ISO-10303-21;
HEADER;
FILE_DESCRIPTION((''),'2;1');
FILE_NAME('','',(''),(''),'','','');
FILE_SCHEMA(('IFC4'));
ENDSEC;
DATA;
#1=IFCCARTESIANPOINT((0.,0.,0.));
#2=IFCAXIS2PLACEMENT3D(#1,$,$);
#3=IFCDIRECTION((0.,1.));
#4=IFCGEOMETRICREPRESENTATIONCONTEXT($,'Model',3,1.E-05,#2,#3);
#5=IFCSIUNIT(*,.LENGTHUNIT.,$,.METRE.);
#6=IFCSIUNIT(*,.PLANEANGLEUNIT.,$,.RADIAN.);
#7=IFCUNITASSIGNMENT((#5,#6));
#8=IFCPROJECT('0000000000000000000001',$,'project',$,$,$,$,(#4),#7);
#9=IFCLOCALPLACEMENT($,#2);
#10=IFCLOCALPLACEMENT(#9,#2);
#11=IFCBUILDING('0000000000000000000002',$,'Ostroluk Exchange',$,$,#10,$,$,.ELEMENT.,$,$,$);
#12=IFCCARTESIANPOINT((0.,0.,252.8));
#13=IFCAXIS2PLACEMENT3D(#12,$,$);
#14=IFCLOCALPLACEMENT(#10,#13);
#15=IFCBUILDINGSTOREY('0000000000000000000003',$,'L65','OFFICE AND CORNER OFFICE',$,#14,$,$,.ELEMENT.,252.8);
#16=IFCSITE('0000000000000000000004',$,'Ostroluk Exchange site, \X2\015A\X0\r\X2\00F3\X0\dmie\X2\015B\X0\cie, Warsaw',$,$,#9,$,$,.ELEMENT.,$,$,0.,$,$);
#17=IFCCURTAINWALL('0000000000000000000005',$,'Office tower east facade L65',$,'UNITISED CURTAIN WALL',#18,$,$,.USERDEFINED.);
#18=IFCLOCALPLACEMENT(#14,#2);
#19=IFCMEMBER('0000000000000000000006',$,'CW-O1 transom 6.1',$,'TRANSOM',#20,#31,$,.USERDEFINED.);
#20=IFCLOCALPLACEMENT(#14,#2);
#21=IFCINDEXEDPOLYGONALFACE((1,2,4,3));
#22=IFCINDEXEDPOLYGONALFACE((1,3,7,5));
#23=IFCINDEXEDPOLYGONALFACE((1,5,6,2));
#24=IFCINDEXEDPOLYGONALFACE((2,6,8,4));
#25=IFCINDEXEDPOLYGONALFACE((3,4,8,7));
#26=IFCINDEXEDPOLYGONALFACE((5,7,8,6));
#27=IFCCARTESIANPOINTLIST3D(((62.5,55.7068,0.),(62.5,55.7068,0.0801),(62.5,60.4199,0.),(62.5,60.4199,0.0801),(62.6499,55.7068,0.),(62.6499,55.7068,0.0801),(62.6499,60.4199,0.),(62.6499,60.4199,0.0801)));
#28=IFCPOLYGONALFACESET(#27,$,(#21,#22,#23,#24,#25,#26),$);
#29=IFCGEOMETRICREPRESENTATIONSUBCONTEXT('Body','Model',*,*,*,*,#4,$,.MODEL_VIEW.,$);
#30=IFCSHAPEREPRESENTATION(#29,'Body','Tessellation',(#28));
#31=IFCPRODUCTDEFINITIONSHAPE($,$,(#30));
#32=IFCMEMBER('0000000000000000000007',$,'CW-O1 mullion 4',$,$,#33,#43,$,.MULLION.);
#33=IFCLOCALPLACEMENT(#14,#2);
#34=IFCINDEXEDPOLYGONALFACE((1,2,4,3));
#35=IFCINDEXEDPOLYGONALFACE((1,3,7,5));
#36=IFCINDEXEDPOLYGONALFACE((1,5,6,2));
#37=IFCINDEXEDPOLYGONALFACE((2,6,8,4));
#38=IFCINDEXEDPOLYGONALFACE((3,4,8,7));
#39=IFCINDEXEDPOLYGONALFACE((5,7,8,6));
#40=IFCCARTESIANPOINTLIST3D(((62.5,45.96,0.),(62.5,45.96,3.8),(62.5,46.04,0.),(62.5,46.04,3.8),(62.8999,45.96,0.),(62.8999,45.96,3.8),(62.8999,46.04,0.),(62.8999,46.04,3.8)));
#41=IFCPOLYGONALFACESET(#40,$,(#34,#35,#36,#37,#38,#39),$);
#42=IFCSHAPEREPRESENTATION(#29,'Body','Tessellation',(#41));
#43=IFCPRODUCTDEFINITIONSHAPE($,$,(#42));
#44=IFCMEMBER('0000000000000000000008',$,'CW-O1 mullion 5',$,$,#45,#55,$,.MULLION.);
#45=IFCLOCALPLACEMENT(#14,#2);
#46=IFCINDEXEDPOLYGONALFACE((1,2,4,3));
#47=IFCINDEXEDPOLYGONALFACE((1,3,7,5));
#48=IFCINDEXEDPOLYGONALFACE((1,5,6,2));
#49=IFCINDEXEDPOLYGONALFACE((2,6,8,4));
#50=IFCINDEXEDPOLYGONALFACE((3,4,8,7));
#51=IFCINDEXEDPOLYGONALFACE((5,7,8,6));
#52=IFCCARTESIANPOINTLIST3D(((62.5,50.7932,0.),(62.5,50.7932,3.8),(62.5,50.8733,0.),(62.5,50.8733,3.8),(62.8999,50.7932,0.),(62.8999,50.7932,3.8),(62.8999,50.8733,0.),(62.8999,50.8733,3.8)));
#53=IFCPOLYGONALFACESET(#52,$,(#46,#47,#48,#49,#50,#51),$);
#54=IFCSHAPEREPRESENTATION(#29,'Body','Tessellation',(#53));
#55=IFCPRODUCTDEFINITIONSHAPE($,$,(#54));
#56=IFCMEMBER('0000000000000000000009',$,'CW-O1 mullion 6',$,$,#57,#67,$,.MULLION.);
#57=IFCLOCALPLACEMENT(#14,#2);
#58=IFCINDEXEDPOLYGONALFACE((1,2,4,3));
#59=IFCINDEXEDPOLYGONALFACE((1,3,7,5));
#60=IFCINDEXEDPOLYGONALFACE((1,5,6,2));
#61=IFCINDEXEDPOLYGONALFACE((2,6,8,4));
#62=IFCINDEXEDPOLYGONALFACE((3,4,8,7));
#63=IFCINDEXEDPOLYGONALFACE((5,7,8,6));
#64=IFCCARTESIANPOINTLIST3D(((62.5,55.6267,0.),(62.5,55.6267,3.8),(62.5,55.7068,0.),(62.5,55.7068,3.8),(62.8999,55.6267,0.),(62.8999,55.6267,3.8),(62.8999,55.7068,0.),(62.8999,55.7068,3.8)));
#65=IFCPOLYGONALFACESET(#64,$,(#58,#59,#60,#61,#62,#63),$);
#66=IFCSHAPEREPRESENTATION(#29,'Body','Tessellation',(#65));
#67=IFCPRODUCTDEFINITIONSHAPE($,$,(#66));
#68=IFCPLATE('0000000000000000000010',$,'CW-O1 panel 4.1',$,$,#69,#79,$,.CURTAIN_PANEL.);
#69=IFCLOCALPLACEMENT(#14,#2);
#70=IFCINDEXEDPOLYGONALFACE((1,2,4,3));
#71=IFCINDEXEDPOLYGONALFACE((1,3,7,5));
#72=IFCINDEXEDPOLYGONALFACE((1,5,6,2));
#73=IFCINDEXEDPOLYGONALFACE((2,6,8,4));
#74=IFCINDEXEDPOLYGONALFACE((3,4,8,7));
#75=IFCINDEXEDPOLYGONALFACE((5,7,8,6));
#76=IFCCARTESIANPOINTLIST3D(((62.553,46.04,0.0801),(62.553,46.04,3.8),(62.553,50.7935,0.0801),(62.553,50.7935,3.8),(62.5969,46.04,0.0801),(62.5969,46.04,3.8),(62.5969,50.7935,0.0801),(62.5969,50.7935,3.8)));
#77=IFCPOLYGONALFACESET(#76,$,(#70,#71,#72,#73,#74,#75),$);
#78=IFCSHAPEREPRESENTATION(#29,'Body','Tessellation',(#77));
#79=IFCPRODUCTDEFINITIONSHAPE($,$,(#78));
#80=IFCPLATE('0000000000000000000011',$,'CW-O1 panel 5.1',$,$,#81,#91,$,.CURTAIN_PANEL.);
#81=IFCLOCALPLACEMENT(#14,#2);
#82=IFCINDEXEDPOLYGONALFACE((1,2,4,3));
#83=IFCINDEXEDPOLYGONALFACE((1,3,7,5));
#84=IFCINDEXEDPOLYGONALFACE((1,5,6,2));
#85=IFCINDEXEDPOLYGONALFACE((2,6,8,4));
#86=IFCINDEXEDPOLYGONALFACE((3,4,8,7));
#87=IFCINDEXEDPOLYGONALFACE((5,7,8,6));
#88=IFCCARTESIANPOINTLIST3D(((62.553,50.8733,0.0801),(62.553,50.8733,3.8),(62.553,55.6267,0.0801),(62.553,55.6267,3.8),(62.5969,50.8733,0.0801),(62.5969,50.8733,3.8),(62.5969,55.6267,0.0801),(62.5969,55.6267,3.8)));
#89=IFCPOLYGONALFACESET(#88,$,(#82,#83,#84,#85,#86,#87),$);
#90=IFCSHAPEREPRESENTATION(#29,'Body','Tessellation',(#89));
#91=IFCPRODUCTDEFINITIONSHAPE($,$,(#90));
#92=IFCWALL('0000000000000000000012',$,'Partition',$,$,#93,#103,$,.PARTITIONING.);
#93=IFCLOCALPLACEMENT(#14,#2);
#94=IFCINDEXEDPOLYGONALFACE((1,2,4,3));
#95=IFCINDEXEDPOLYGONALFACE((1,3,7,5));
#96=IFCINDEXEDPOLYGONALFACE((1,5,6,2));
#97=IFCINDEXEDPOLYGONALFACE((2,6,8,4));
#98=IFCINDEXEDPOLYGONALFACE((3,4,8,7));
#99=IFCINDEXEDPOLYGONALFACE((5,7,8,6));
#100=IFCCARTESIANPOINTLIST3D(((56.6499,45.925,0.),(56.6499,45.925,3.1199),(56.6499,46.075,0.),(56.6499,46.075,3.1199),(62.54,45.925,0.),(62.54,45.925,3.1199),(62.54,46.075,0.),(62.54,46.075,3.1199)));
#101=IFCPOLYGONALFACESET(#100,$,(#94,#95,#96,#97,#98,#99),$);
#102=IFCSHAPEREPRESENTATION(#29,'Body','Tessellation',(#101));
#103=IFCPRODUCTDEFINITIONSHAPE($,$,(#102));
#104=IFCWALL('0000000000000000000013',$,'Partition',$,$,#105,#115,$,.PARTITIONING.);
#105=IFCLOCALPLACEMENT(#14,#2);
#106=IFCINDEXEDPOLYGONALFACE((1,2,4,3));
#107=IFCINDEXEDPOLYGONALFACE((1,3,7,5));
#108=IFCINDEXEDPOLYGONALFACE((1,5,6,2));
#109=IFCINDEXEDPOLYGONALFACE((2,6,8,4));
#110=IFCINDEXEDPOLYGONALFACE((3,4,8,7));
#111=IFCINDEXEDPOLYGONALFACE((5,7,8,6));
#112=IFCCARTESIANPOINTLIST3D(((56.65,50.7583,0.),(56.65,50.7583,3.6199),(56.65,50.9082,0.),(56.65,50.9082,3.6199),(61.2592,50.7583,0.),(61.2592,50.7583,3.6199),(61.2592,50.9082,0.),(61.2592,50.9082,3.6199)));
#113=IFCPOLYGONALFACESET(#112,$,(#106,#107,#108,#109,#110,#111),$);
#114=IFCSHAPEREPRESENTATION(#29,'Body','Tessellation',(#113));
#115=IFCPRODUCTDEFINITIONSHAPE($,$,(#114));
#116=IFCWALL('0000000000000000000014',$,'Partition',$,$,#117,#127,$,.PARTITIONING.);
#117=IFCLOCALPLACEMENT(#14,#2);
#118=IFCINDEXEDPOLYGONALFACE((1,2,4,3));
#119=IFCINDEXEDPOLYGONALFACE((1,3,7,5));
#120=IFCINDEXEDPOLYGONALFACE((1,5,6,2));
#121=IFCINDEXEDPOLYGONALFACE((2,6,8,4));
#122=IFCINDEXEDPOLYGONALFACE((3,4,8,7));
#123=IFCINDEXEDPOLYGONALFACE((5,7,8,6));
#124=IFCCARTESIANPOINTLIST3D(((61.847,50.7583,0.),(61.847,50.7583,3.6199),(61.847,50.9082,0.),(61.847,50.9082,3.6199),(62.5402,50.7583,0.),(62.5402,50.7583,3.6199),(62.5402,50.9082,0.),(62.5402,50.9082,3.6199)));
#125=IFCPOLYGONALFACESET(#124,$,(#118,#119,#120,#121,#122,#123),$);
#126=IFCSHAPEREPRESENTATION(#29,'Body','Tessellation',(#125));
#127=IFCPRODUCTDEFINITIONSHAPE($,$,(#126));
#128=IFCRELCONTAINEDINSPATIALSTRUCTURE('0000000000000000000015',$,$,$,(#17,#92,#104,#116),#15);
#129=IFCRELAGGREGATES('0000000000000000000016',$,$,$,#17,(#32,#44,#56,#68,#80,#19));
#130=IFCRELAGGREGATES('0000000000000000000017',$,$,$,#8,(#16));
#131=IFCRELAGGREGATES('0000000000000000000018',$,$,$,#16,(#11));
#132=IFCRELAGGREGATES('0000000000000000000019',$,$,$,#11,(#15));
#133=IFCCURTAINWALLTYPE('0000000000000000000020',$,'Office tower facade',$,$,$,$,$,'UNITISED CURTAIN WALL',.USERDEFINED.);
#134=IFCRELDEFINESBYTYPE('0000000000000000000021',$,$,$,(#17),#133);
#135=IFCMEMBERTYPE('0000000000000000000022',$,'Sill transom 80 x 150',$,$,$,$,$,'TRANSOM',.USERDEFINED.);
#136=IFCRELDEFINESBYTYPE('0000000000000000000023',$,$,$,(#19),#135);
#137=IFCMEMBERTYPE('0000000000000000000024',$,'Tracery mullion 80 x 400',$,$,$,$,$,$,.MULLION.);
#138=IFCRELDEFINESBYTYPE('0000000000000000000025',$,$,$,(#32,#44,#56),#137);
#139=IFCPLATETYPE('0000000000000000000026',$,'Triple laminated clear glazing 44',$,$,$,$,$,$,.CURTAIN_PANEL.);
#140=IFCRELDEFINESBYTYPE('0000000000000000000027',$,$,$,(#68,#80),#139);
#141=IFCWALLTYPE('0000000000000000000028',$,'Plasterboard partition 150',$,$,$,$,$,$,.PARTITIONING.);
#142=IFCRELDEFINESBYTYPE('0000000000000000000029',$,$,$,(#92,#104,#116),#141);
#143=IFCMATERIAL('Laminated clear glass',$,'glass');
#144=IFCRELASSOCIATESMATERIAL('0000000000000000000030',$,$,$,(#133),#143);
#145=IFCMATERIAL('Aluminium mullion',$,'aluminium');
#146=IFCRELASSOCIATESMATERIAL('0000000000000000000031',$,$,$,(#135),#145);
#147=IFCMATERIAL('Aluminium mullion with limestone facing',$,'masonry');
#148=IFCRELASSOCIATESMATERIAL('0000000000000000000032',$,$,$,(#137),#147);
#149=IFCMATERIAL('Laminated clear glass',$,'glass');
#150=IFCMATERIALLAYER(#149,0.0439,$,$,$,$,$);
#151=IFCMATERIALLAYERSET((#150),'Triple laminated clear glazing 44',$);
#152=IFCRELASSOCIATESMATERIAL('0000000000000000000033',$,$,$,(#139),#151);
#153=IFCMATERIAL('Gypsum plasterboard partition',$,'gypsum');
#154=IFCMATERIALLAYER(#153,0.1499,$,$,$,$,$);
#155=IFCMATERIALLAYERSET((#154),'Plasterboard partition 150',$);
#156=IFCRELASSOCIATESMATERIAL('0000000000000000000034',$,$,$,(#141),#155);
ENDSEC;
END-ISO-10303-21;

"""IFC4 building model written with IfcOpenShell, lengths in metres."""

from ifc_helpers import new_model, si_unit, direction, frame, frame_2d, origin, origin_2d, place, context, subcontext, project, spatial, rectangle, extrude, material, layer, layer_set, material_profile, profile_set, type_object, element, aggregate, save


model = new_model("IFC4")

# Units and contexts
model_context = context("Model", 3, precision=1e-05, world=origin(), true_north=direction((0.0, 1.0)))
body_context = subcontext(model_context, "Body", "Model", "MODEL_VIEW")
ifc_project = project(units=[si_unit("LENGTHUNIT", "METRE"), si_unit("PLANEANGLEUNIT", "RADIAN")], contexts=[model_context])

# Site, building, storey
site_placement = place(None, origin())
site = spatial("IfcSite", under=ifc_project, at=site_placement, Name="Ostroluk Exchange site, Śródmieście, Warsaw", CompositionType="ELEMENT", RefElevation=0.0)
building_placement = place(site_placement, origin())
building = spatial("IfcBuilding", under=site, at=building_placement, Name="Ostroluk Exchange", CompositionType="ELEMENT")
storey_placement = place(building_placement, frame((0.0, 0.0, 252.8)))
storey = spatial("IfcBuildingStorey", under=building, at=storey_placement, Name="L65", Description="OFFICE AND CORNER OFFICE", CompositionType="ELEMENT", Elevation=252.8)

# Curtain wall, members, plates
ifc_material_1 = material(Name="Laminated clear glass", Category="glass")
curtain_wall_type = type_object("IfcCurtainWallType", Name="Office tower facade", ElementType="UNITISED CURTAIN WALL", PredefinedType="USERDEFINED", material=ifc_material_1)
curtain_wall_placement = place(storey_placement, origin())
curtain_wall = element("IfcCurtainWall", 1, at=curtain_wall_placement, inside=storey, type_object=curtain_wall_type, Name="Office tower east facade L65", ObjectType="UNITISED CURTAIN WALL", PredefinedType="USERDEFINED")
ifc_material_2 = material(Name="Aluminium mullion", Category="aluminium")
ifc_material_profile_1 = material_profile(ifc_material_2, rectangle(XDim=0.1499, YDim=0.0801, at=origin_2d()), Name="Sill transom 80 x 150")
ifc_profile_set_1 = profile_set([ifc_material_profile_1], Name="Aluminium mullion")
member_type_1 = type_object("IfcMemberType", Name="Sill transom 80 x 150", ElementType="TRANSOM", PredefinedType="USERDEFINED", material=ifc_profile_set_1)
member_1_placement = place(storey_placement, frame((62.575, 55.7068, 0.04), z_axis=(0.0, 1.0, 0.0), x_axis=(-1.0, 0.0, 0.0)))
member_1 = element("IfcMember", 2, at=member_1_placement, type_object=member_type_1, Name="CW-O1 transom 6.1", ObjectType="TRANSOM", PredefinedType="USERDEFINED", context=body_context, shape_type="SweptSolid", body=[
    extrude(rectangle(XDim=0.1499, YDim=0.0801, at=origin_2d()), origin(), (0.0, 0.0, 1.0), 4.7131),
])
ifc_material_3 = material(Name="Aluminium mullion with limestone facing", Category="masonry")
ifc_material_profile_2 = material_profile(ifc_material_3, rectangle(XDim=0.3999, YDim=0.0801, at=origin_2d()), Name="Tracery mullion 80 x 400")
ifc_profile_set_2 = profile_set([ifc_material_profile_2], Name="Aluminium mullion with limestone facing")
member_type_2 = type_object("IfcMemberType", Name="Tracery mullion 80 x 400", PredefinedType="MULLION", material=ifc_profile_set_2)
member_2_placement = place(storey_placement, frame((62.7, 46.0, 0.0), z_axis=(0.0, 0.0, 1.0), x_axis=(-1.0, 0.0, 0.0)))
member_2 = element("IfcMember", 3, at=member_2_placement, type_object=member_type_2, Name="CW-O1 mullion 4", PredefinedType="MULLION", context=body_context, shape_type="SweptSolid", body=[
    extrude(rectangle(XDim=0.3999, YDim=0.0801, at=origin_2d()), origin(), (0.0, 0.0, 1.0), 3.8),
])
member_3_placement = place(storey_placement, frame((62.7, 50.8333, 0.0), z_axis=(0.0, 0.0, 1.0), x_axis=(-1.0, 0.0, 0.0)))
member_3 = element("IfcMember", 4, at=member_3_placement, type_object=member_type_2, Name="CW-O1 mullion 5", PredefinedType="MULLION", context=body_context, shape_type="SweptSolid", body=[
    extrude(rectangle(XDim=0.3999, YDim=0.0801, at=origin_2d()), origin(), (0.0, 0.0, 1.0), 3.8),
])
member_4_placement = place(storey_placement, frame((62.7, 55.6667, 0.0), z_axis=(0.0, 0.0, 1.0), x_axis=(-1.0, 0.0, 0.0)))
member_4 = element("IfcMember", 5, at=member_4_placement, type_object=member_type_2, Name="CW-O1 mullion 6", PredefinedType="MULLION", context=body_context, shape_type="SweptSolid", body=[
    extrude(rectangle(XDim=0.3999, YDim=0.0801, at=origin_2d()), origin(), (0.0, 0.0, 1.0), 3.8),
])
ifc_material_4 = material(Name="Laminated clear glass", Category="glass")
ifc_layer_1 = layer(ifc_material_4, 0.0439)
ifc_layer_set_1 = layer_set([ifc_layer_1], Name="Triple laminated clear glazing 44")
plate_type = type_object("IfcPlateType", Name="Triple laminated clear glazing 44", PredefinedType="CURTAIN_PANEL", material=ifc_layer_set_1)
plate_1_placement = place(storey_placement, frame((62.575, 48.4167, 0.0801), z_axis=(0.0, 0.0, 1.0), x_axis=(0.0, 1.0, 0.0)))
plate_1 = element("IfcPlate", 6, at=plate_1_placement, type_object=plate_type, Name="CW-O1 panel 4.1", PredefinedType="CURTAIN_PANEL", context=body_context, shape_type="SweptSolid", body=[
    extrude(rectangle(XDim=4.7534, YDim=0.0439, at=origin_2d()), origin(), (0.0, 0.0, 1.0), 3.72),
])
plate_2_placement = place(storey_placement, frame((62.575, 53.25, 0.0801), z_axis=(0.0, 0.0, 1.0), x_axis=(0.0, 1.0, 0.0)))
plate_2 = element("IfcPlate", 7, at=plate_2_placement, type_object=plate_type, Name="CW-O1 panel 5.1", PredefinedType="CURTAIN_PANEL", context=body_context, shape_type="SweptSolid", body=[
    extrude(rectangle(XDim=4.7534, YDim=0.0439, at=origin_2d()), origin(), (0.0, 0.0, 1.0), 3.72),
])
aggregate(curtain_wall, [member_2, member_3, member_4, plate_1, plate_2, member_1])

# Walls
ifc_material_5 = material(Name="Gypsum plasterboard partition", Category="gypsum")
ifc_layer_2 = layer(ifc_material_5, 0.1499)
ifc_layer_set_2 = layer_set([ifc_layer_2], Name="Plasterboard partition 150")
wall_type = type_object("IfcWallType", Name="Plasterboard partition 150", PredefinedType="PARTITIONING", material=ifc_layer_set_2)
wall_1_placement = place(storey_placement, frame((56.6499, 46.0, 0.0), z_axis=(0.0, 0.0, 1.0), x_axis=(1.0, 0.0, 0.0)))
element("IfcWall", 8, at=wall_1_placement, inside=storey, type_object=wall_type, Name="Partition", PredefinedType="PARTITIONING", context=body_context, shape_type="SweptSolid", body=[
    extrude(rectangle(XDim=5.8901, YDim=0.1499, at=frame_2d((2.9451, 0.0))), origin(), (0.0, 0.0, 1.0), 3.1199),
])
wall_2_placement = place(storey_placement, frame((56.6499, 50.8333, 0.0), z_axis=(0.0, 0.0, 1.0), x_axis=(1.0, 0.0, 0.0)))
element("IfcWall", 9, at=wall_2_placement, inside=storey, type_object=wall_type, Name="Partition", PredefinedType="PARTITIONING", context=body_context, shape_type="SweptSolid", body=[
    extrude(rectangle(XDim=4.6091, YDim=0.1499, at=frame_2d((2.3047, 0.0))), origin(), (0.0, 0.0, 1.0), 3.6199),
])
wall_3_placement = place(storey_placement, frame((61.8469, 50.8333, 0.0), z_axis=(0.0, 0.0, 1.0), x_axis=(1.0, 0.0, 0.0)))
element("IfcWall", 10, at=wall_3_placement, inside=storey, type_object=wall_type, Name="Partition", PredefinedType="PARTITIONING", context=body_context, shape_type="SweptSolid", body=[
    extrude(rectangle(XDim=0.6931, YDim=0.1499, at=frame_2d((0.3467, 0.0))), origin(), (0.0, 0.0, 1.0), 3.6199),
])

save(model, "model.ifc")
